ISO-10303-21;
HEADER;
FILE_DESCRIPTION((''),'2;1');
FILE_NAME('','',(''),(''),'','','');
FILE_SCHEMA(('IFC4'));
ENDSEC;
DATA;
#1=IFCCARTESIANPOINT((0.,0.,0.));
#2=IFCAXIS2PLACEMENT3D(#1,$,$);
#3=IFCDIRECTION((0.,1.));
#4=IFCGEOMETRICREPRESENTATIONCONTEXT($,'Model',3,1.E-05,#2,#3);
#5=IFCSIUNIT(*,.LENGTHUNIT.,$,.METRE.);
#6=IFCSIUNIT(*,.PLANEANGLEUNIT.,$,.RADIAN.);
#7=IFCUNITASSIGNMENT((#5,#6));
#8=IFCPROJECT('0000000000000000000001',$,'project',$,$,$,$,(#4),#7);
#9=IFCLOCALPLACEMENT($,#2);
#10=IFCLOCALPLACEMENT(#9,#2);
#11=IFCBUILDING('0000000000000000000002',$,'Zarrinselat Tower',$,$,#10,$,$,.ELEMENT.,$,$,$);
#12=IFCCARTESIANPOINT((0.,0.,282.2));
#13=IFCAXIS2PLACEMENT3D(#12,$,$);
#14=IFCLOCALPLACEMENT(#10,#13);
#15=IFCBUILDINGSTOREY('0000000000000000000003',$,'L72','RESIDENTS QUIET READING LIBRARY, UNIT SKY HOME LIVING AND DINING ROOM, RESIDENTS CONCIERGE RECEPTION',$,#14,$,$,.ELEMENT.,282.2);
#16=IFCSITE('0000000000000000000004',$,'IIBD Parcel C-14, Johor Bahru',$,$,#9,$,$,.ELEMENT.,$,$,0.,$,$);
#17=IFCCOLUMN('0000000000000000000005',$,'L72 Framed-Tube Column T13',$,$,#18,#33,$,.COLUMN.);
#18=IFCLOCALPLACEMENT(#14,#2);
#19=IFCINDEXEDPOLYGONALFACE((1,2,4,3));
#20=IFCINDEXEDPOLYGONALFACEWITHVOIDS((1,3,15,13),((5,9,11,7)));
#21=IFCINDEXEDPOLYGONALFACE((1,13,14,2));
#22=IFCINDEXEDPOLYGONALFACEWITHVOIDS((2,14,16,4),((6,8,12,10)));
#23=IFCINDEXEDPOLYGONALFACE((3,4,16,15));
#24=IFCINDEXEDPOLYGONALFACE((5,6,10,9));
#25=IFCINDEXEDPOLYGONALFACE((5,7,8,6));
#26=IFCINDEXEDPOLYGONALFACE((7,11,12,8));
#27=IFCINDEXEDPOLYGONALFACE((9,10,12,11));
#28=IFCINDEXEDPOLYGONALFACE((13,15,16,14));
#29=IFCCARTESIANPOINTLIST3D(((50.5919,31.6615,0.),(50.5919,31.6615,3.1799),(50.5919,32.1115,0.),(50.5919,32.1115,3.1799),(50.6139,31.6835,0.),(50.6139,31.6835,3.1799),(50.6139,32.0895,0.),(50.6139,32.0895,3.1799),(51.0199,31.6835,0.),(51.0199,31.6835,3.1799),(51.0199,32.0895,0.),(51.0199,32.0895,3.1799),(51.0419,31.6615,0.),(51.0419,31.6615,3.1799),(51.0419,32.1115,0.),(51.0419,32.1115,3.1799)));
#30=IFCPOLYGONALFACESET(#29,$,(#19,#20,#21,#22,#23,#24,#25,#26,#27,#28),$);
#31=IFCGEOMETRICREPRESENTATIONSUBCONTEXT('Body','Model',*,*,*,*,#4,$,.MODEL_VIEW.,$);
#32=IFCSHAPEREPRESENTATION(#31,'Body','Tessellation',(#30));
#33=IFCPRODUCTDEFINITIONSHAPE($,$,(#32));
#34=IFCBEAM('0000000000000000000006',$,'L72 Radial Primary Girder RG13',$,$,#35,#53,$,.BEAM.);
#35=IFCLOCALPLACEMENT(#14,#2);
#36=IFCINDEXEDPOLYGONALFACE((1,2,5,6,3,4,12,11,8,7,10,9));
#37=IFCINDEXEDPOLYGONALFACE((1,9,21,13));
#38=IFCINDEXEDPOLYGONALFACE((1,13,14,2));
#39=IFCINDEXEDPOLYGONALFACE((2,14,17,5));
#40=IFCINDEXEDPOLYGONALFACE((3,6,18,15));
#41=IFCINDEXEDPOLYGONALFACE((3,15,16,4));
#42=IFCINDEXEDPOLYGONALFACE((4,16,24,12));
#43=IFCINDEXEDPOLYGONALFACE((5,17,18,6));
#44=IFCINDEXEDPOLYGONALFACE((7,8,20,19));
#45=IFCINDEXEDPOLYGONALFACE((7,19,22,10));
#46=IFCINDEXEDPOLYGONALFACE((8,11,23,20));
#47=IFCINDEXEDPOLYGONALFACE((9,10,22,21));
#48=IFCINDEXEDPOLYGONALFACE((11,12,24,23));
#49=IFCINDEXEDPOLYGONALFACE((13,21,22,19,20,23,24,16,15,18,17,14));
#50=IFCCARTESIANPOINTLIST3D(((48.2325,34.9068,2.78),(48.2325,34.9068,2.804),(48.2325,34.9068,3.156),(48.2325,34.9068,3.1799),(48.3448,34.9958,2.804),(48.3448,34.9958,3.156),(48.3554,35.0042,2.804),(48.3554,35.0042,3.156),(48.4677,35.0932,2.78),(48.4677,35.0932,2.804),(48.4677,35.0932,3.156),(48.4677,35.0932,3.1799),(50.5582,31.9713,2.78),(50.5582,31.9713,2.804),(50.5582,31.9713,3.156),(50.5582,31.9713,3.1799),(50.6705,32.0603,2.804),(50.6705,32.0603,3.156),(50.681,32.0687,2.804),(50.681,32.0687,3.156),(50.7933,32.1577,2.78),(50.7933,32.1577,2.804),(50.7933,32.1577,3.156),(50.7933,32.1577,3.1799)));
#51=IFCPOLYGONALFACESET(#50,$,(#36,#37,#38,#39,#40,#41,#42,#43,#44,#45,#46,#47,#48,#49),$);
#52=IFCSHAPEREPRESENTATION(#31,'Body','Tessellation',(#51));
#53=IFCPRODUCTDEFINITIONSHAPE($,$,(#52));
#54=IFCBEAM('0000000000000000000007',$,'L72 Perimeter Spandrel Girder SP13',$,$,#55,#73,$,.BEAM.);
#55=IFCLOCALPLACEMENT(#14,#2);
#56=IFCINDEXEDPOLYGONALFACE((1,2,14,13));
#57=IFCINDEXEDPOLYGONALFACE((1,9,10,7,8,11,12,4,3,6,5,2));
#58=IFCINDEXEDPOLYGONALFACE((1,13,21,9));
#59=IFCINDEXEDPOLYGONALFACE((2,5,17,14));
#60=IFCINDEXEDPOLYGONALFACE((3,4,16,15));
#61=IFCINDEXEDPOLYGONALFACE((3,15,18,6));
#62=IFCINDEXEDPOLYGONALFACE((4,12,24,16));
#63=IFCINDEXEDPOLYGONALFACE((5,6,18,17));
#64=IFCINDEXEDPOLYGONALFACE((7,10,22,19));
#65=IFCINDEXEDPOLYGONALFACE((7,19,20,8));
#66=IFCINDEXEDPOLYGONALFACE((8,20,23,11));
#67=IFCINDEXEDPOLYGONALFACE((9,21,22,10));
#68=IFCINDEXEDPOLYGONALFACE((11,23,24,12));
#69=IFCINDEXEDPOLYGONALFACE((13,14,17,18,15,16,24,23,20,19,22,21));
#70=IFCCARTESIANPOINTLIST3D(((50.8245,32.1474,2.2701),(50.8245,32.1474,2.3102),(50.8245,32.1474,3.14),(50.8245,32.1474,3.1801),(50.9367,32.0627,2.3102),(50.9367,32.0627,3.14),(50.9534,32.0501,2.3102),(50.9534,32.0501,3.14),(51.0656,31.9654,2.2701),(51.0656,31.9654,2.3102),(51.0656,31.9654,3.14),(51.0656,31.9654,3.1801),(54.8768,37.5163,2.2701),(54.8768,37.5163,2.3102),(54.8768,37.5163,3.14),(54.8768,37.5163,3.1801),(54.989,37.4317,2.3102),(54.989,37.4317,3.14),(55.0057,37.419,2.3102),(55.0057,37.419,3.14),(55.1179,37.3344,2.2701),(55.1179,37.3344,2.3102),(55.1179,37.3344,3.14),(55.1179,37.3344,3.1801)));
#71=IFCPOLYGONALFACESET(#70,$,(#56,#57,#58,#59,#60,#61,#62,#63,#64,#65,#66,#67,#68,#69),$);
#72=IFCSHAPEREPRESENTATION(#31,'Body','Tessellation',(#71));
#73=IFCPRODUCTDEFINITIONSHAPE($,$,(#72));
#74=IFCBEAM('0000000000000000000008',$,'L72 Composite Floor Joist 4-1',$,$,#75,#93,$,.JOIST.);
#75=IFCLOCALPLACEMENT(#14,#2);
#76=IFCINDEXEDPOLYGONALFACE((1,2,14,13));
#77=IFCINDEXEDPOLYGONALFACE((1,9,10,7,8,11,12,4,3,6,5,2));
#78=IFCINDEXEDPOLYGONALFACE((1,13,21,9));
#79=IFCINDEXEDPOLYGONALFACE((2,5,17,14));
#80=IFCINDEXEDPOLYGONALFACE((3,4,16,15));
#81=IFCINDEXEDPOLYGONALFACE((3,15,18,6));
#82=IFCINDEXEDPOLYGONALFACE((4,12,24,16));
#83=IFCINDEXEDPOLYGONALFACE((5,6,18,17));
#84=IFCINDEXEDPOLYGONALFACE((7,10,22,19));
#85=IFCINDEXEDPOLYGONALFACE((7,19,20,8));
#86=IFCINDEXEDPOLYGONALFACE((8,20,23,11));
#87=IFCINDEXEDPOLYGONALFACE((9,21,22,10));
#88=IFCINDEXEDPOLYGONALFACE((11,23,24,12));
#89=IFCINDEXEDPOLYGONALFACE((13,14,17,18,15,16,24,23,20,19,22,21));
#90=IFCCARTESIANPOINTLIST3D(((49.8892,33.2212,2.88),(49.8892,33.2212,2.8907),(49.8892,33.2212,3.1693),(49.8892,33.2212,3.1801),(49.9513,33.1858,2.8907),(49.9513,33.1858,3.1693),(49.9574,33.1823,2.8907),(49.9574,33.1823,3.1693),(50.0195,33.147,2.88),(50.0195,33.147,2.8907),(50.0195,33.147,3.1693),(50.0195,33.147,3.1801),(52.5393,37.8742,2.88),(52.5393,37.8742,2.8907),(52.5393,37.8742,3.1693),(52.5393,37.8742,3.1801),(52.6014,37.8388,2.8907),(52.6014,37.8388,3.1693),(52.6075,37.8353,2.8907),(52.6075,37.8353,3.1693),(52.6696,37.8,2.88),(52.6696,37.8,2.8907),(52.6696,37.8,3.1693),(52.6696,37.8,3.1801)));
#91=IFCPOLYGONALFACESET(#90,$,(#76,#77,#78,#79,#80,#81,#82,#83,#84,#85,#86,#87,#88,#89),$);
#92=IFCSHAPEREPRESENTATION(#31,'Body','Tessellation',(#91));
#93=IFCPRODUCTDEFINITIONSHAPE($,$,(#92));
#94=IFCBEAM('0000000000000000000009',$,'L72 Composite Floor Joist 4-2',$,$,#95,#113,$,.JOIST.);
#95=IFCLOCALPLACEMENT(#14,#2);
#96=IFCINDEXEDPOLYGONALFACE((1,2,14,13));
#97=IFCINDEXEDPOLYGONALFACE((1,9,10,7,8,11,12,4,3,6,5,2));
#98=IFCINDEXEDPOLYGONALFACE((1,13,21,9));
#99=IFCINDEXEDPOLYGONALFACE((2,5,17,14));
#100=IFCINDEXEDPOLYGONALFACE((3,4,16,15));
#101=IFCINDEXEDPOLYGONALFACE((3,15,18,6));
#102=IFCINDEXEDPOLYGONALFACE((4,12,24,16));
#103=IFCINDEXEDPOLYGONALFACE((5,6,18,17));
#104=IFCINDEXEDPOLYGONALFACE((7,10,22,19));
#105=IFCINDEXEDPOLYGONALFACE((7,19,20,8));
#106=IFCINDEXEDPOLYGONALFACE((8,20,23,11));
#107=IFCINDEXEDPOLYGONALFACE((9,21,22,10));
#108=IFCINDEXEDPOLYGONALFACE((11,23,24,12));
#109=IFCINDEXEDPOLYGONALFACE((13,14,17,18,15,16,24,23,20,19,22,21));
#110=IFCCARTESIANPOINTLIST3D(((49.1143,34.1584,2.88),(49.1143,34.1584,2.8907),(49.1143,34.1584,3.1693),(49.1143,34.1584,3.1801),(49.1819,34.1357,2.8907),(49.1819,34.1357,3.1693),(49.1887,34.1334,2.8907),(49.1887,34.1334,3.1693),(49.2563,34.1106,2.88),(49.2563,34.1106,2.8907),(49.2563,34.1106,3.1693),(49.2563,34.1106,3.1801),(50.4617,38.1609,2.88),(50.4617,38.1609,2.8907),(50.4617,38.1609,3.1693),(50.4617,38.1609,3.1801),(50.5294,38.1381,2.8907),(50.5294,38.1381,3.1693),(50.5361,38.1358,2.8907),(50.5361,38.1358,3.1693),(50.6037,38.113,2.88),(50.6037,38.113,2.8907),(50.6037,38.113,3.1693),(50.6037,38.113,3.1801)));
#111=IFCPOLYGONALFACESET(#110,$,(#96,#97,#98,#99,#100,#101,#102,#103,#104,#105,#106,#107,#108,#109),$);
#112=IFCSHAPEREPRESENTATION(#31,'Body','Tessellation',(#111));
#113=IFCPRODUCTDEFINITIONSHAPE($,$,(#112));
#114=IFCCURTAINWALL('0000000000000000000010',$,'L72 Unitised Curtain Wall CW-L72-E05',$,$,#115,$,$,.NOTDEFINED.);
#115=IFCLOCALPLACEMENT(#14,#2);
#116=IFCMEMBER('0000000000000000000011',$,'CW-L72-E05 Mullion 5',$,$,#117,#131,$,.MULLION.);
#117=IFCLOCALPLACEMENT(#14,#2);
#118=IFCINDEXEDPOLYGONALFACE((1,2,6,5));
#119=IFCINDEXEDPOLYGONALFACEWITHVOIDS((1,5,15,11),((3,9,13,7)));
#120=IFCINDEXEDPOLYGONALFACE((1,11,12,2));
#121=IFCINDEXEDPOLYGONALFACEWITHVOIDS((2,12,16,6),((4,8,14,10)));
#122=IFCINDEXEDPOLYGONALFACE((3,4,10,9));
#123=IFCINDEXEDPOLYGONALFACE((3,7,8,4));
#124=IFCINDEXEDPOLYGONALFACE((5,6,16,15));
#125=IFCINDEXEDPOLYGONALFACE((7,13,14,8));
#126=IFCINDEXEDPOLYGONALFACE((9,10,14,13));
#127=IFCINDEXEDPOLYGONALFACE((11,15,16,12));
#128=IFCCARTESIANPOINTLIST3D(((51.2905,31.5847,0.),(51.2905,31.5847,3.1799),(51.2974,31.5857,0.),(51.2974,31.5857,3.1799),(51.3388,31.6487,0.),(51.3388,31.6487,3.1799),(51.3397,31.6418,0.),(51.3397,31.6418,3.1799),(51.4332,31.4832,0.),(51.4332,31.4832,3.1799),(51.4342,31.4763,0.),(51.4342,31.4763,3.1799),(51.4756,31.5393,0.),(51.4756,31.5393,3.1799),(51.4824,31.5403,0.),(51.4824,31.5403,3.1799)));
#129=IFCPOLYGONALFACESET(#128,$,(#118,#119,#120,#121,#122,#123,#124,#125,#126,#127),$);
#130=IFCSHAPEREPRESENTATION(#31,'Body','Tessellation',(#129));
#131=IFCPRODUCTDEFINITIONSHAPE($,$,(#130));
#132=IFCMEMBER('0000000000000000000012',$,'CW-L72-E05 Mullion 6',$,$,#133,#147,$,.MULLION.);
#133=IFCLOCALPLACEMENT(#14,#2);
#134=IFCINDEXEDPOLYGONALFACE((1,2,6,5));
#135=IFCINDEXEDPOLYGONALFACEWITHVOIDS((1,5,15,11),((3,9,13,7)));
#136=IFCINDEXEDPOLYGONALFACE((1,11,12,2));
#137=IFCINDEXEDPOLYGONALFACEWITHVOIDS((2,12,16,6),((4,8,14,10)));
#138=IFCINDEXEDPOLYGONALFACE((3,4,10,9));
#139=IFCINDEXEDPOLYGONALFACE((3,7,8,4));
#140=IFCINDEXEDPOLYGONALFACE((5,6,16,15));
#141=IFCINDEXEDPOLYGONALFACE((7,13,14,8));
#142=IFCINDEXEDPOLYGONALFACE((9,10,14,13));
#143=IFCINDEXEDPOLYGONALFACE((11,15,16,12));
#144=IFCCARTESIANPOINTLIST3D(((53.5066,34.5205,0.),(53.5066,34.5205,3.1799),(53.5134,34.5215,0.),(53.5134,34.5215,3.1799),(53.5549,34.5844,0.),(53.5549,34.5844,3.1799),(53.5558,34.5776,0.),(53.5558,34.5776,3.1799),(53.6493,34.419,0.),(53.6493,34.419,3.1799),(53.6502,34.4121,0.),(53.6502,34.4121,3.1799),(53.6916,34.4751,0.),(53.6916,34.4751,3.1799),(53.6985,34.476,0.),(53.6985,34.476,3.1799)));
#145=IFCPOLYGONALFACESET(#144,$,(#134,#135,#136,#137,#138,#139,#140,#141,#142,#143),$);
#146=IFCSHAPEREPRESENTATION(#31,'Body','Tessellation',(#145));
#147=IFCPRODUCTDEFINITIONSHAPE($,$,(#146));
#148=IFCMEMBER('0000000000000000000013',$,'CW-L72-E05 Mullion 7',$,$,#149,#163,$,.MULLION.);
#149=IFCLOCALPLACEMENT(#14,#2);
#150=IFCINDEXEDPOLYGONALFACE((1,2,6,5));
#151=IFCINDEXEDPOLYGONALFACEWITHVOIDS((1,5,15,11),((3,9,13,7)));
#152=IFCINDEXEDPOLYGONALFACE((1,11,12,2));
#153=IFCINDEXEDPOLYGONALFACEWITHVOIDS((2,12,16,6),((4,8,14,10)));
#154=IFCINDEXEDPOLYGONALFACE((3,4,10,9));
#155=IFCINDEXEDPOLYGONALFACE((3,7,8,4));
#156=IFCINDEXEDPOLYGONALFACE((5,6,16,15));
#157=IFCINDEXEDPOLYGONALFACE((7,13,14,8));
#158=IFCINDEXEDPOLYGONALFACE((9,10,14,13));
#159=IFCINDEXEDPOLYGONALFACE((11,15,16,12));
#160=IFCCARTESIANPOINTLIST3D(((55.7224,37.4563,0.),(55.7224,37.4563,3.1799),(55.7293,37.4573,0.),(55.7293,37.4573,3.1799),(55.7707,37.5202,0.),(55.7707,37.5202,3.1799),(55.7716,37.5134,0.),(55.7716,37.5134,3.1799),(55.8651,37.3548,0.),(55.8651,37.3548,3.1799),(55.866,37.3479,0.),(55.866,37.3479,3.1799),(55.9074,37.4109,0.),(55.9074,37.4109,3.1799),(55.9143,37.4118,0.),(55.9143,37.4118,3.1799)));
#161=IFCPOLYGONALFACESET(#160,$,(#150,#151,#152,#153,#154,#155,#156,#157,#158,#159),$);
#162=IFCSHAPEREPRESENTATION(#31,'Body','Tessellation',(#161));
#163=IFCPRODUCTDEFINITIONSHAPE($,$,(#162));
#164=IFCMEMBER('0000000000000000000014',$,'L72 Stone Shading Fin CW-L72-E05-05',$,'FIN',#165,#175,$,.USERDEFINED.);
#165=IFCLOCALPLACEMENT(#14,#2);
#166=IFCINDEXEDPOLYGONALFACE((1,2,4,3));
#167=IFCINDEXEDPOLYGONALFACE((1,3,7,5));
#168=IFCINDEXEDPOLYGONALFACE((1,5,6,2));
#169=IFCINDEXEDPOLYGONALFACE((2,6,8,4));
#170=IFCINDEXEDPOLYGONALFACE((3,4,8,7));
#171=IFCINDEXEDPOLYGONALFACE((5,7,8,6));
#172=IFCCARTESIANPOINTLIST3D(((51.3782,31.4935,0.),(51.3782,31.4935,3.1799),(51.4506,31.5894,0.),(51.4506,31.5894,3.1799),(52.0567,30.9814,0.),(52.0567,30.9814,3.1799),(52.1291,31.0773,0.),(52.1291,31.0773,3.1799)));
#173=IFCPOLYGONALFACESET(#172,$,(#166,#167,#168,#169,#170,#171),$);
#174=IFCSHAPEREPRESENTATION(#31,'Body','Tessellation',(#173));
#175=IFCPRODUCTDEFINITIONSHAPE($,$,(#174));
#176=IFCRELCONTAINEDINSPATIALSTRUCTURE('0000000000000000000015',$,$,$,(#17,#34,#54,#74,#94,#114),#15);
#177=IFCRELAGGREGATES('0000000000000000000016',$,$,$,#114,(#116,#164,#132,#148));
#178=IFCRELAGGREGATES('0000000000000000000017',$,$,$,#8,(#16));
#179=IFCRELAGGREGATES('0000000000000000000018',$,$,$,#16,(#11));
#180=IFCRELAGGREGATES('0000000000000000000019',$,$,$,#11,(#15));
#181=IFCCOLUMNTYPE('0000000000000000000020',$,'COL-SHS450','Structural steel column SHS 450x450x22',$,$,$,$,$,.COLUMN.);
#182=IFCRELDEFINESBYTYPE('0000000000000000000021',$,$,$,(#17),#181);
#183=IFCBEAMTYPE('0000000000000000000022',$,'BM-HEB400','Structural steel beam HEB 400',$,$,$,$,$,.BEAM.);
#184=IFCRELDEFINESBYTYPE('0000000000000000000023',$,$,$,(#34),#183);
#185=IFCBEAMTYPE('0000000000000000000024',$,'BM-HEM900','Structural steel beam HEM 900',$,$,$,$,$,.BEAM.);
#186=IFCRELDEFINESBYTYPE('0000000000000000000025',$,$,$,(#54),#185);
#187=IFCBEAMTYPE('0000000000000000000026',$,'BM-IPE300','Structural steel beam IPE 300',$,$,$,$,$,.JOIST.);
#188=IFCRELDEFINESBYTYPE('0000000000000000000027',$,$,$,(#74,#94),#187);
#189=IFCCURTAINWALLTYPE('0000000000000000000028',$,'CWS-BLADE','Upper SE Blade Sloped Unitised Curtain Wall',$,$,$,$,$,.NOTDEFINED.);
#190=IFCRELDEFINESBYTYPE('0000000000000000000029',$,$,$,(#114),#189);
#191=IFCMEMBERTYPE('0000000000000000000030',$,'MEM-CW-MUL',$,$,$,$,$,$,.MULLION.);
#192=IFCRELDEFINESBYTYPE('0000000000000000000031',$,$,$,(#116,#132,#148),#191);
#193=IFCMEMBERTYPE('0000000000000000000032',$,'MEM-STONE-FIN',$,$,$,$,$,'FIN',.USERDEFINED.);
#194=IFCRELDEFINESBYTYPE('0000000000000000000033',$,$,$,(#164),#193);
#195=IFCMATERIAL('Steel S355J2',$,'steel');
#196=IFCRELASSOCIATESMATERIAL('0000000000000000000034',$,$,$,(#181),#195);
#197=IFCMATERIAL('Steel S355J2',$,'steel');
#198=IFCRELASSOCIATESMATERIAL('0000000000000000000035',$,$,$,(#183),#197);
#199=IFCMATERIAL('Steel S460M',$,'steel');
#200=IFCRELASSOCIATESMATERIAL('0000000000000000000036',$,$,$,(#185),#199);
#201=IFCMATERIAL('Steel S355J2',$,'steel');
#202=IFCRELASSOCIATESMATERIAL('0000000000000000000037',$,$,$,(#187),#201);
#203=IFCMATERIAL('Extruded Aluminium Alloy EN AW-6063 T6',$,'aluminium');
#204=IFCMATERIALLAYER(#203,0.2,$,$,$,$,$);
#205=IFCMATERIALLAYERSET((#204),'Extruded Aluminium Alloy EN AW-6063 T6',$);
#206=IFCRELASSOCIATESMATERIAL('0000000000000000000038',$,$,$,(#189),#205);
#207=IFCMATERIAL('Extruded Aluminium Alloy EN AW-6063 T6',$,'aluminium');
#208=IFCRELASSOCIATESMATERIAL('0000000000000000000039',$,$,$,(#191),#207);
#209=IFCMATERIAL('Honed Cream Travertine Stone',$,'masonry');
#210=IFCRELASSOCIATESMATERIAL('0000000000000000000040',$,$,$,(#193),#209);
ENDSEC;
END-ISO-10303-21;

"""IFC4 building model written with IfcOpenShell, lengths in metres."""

from ifc_helpers import new_model, si_unit, direction, frame, origin, origin_2d, place, context, subcontext, project, spatial, rectangle, hollow_rectangle, i_section, extrude, material, layer, layer_set, material_profile, profile_set, type_object, element, aggregate, save


model = new_model("IFC4")

# Units and contexts
model_context = context("Model", 3, precision=1e-05, world=origin(), true_north=direction((0.0, 1.0)))
body_context = subcontext(model_context, "Body", "Model", "MODEL_VIEW")
ifc_project = project(units=[si_unit("LENGTHUNIT", "METRE"), si_unit("PLANEANGLEUNIT", "RADIAN")], contexts=[model_context])

# Site, building, storey
site_placement = place(None, origin())
site = spatial("IfcSite", under=ifc_project, at=site_placement, Name="IIBD Parcel C-14, Johor Bahru", CompositionType="ELEMENT", RefElevation=0.0)
building_placement = place(site_placement, origin())
building = spatial("IfcBuilding", under=site, at=building_placement, Name="Zarrinselat Tower", CompositionType="ELEMENT")
storey_placement = place(building_placement, frame((0.0, 0.0, 282.2)))
storey = spatial("IfcBuildingStorey", under=building, at=storey_placement, Name="L72", Description="RESIDENTS QUIET READING LIBRARY, UNIT SKY HOME LIVING AND DINING ROOM, RESIDENTS CONCIERGE RECEPTION", CompositionType="ELEMENT", Elevation=282.2)

# Column
ifc_material_1 = material(Name="Steel S355J2", Category="steel")
ifc_material_profile_1 = material_profile(ifc_material_1, hollow_rectangle(XDim=0.45, YDim=0.45, WallThickness=0.022, at=origin_2d()), Name="SHS 450x450x22")
ifc_profile_set_1 = profile_set([ifc_material_profile_1], Name="Steel S355J2")
column_type = type_object("IfcColumnType", Name="COL-SHS450", Description="Structural steel column SHS 450x450x22", PredefinedType="COLUMN", material=ifc_profile_set_1)
column_placement = place(storey_placement, frame((50.8169, 31.8865, 0.0), z_axis=(0.0, 0.0, 1.0), x_axis=(1.0, 0.0, 0.0)))
element("IfcColumn", 1, at=column_placement, inside=storey, type_object=column_type, Name="L72 Framed-Tube Column T13", PredefinedType="COLUMN", context=body_context, shape_type="SweptSolid", body=[
    extrude(hollow_rectangle(XDim=0.45, YDim=0.45, WallThickness=0.022, at=origin_2d()), origin(), (0.0, 0.0, 1.0), 3.1799),
])

# Beams
ifc_material_2 = material(Name="Steel S355J2", Category="steel")
ifc_material_profile_2 = material_profile(ifc_material_2, i_section(OverallWidth=0.3, OverallDepth=0.3999, WebThickness=0.0134, FlangeThickness=0.0239, at=origin_2d()), Name="HEB 400")
ifc_profile_set_2 = profile_set([ifc_material_profile_2], Name="Steel S355J2")
beam_type_1 = type_object("IfcBeamType", Name="BM-HEB400", Description="Structural steel beam HEB 400", PredefinedType="BEAM", material=ifc_profile_set_2)
beam_1_placement = place(storey_placement, frame((48.3501, 35.0, 2.98), z_axis=(0.620983, -0.783824, 0.0), x_axis=(0.783824, 0.620983, 0.0)))
element("IfcBeam", 2, at=beam_1_placement, inside=storey, type_object=beam_type_1, Name="L72 Radial Primary Girder RG13", PredefinedType="BEAM", context=body_context, shape_type="SweptSolid", body=[
    extrude(i_section(OverallWidth=0.3, OverallDepth=0.3999, WebThickness=0.0134, FlangeThickness=0.0239, at=origin_2d()), origin(), (0.0, 0.0, 1.0), 3.7451),
])
ifc_material_3 = material(Name="Steel S460M", Category="steel")
ifc_material_profile_3 = material_profile(ifc_material_3, i_section(OverallWidth=0.302, OverallDepth=0.9099, WebThickness=0.021, FlangeThickness=0.04, at=origin_2d()), Name="HEM 900")
ifc_profile_set_3 = profile_set([ifc_material_profile_3], Name="Steel S460M")
beam_type_2 = type_object("IfcBeamType", Name="BM-HEM900", Description="Structural steel beam HEM 900", PredefinedType="BEAM", material=ifc_profile_set_3)
beam_2_placement = place(storey_placement, frame((50.9451, 32.0564, 2.7251), z_axis=(0.60243, 0.798171, 0.0), x_axis=(-0.798171, 0.60243, 0.0)))
element("IfcBeam", 3, at=beam_2_placement, inside=storey, type_object=beam_type_2, Name="L72 Perimeter Spandrel Girder SP13", PredefinedType="BEAM", context=body_context, shape_type="SweptSolid", body=[
    extrude(i_section(OverallWidth=0.302, OverallDepth=0.9099, WebThickness=0.021, FlangeThickness=0.04, at=origin_2d()), origin(), (0.0, 0.0, 1.0), 6.7266),
])
ifc_material_4 = material(Name="Steel S355J2", Category="steel")
ifc_material_profile_4 = material_profile(ifc_material_4, i_section(OverallWidth=0.1499, OverallDepth=0.3, WebThickness=0.0071, FlangeThickness=0.0107, at=origin_2d()), Name="IPE 300")
ifc_profile_set_4 = profile_set([ifc_material_profile_4], Name="Steel S355J2")
beam_type_3 = type_object("IfcBeamType", Name="BM-IPE300", Description="Structural steel beam IPE 300", PredefinedType="JOIST", material=ifc_profile_set_4)
beam_3_placement = place(storey_placement, frame((49.9543, 33.1841, 3.03), z_axis=(0.494906, 0.868946, 0.0), x_axis=(-0.868946, 0.494906, 0.0)))
element("IfcBeam", 4, at=beam_3_placement, inside=storey, type_object=beam_type_3, Name="L72 Composite Floor Joist 4-1", PredefinedType="JOIST", context=body_context, shape_type="SweptSolid", body=[
    extrude(i_section(OverallWidth=0.1499, OverallDepth=0.3, WebThickness=0.0071, FlangeThickness=0.0107, at=origin_2d()), origin(), (0.0, 0.0, 1.0), 5.3547),
])
beam_4_placement = place(storey_placement, frame((49.1853, 34.1345, 3.03), z_axis=(0.319053, 0.947737, 0.0), x_axis=(-0.947737, 0.319053, 0.0)))
element("IfcBeam", 5, at=beam_4_placement, inside=storey, type_object=beam_type_3, Name="L72 Composite Floor Joist 4-2", PredefinedType="JOIST", context=body_context, shape_type="SweptSolid", body=[
    extrude(i_section(OverallWidth=0.1499, OverallDepth=0.3, WebThickness=0.0071, FlangeThickness=0.0107, at=origin_2d()), origin(), (0.0, 0.0, 1.0), 4.2231),
])

# Curtain wall, members
ifc_material_5 = material(Name="Extruded Aluminium Alloy EN AW-6063 T6", Category="aluminium")
ifc_layer_1 = layer(ifc_material_5, 0.2)
ifc_layer_set_1 = layer_set([ifc_layer_1], Name="Extruded Aluminium Alloy EN AW-6063 T6")
curtain_wall_type = type_object("IfcCurtainWallType", Name="CWS-BLADE", Description="Upper SE Blade Sloped Unitised Curtain Wall", PredefinedType="NOTDEFINED", material=ifc_layer_set_1)
curtain_wall_placement = place(storey_placement, origin())
curtain_wall = element("IfcCurtainWall", 6, at=curtain_wall_placement, inside=storey, type_object=curtain_wall_type, Name="L72 Unitised Curtain Wall CW-L72-E05", PredefinedType="NOTDEFINED")
ifc_material_6 = material(Name="Extruded Aluminium Alloy EN AW-6063 T6", Category="aluminium")
ifc_material_profile_5 = material_profile(ifc_material_6, hollow_rectangle(XDim=0.0801, YDim=0.1799, WallThickness=0.0049, at=origin_2d()), Name="RHS 180x80x5")
ifc_profile_set_5 = profile_set([ifc_material_profile_5], Name="Extruded Aluminium Alloy EN AW-6063 T6")
member_type_1 = type_object("IfcMemberType", Name="MEM-CW-MUL", PredefinedType="MULLION", material=ifc_profile_set_5)
member_1_placement = place(storey_placement, frame((51.3865, 31.5625, 0.0), z_axis=(0.0, 0.0, 1.0), x_axis=(0.602445, 0.79816, 0.0)))
member_1 = element("IfcMember", 7, at=member_1_placement, type_object=member_type_1, Name="CW-L72-E05 Mullion 5", PredefinedType="MULLION", context=body_context, shape_type="SweptSolid", body=[
    extrude(hollow_rectangle(XDim=0.0801, YDim=0.1799, WallThickness=0.0049, at=origin_2d()), origin(), (0.0, 0.0, 1.0), 3.1799),
])
member_2_placement = place(storey_placement, frame((53.6025, 34.4983, 0.0), z_axis=(0.0, 0.0, 1.0), x_axis=(0.602445, 0.79816, 0.0)))
member_2 = element("IfcMember", 8, at=member_2_placement, type_object=member_type_1, Name="CW-L72-E05 Mullion 6", PredefinedType="MULLION", context=body_context, shape_type="SweptSolid", body=[
    extrude(hollow_rectangle(XDim=0.0801, YDim=0.1799, WallThickness=0.0049, at=origin_2d()), origin(), (0.0, 0.0, 1.0), 3.1799),
])
member_3_placement = place(storey_placement, frame((55.8184, 37.4341, 0.0), z_axis=(0.0, 0.0, 1.0), x_axis=(0.602445, 0.79816, 0.0)))
member_3 = element("IfcMember", 9, at=member_3_placement, type_object=member_type_1, Name="CW-L72-E05 Mullion 7", PredefinedType="MULLION", context=body_context, shape_type="SweptSolid", body=[
    extrude(hollow_rectangle(XDim=0.0801, YDim=0.1799, WallThickness=0.0049, at=origin_2d()), origin(), (0.0, 0.0, 1.0), 3.1799),
])
ifc_material_7 = material(Name="Honed Cream Travertine Stone", Category="masonry")
ifc_material_profile_6 = material_profile(ifc_material_7, rectangle(XDim=0.1201, YDim=0.8501, at=origin_2d()), Name="FIN 850x120")
ifc_profile_set_6 = profile_set([ifc_material_profile_6], Name="Honed Cream Travertine Stone")
member_type_2 = type_object("IfcMemberType", Name="MEM-STONE-FIN", ElementType="FIN", PredefinedType="USERDEFINED", material=ifc_profile_set_6)
member_4_placement = place(storey_placement, frame((51.7537, 31.2854, 0.0), z_axis=(0.0, 0.0, 1.0), x_axis=(-0.602445, -0.79816, 0.0)))
member_4 = element("IfcMember", 10, at=member_4_placement, type_object=member_type_2, Name="L72 Stone Shading Fin CW-L72-E05-05", ObjectType="FIN", PredefinedType="USERDEFINED", context=body_context, shape_type="SweptSolid", body=[
    extrude(rectangle(XDim=0.1201, YDim=0.8501, at=origin_2d()), origin(), (0.0, 0.0, 1.0), 3.1799),
])
aggregate(curtain_wall, [member_1, member_4, member_2, member_3])

save(model, "model.ifc")
